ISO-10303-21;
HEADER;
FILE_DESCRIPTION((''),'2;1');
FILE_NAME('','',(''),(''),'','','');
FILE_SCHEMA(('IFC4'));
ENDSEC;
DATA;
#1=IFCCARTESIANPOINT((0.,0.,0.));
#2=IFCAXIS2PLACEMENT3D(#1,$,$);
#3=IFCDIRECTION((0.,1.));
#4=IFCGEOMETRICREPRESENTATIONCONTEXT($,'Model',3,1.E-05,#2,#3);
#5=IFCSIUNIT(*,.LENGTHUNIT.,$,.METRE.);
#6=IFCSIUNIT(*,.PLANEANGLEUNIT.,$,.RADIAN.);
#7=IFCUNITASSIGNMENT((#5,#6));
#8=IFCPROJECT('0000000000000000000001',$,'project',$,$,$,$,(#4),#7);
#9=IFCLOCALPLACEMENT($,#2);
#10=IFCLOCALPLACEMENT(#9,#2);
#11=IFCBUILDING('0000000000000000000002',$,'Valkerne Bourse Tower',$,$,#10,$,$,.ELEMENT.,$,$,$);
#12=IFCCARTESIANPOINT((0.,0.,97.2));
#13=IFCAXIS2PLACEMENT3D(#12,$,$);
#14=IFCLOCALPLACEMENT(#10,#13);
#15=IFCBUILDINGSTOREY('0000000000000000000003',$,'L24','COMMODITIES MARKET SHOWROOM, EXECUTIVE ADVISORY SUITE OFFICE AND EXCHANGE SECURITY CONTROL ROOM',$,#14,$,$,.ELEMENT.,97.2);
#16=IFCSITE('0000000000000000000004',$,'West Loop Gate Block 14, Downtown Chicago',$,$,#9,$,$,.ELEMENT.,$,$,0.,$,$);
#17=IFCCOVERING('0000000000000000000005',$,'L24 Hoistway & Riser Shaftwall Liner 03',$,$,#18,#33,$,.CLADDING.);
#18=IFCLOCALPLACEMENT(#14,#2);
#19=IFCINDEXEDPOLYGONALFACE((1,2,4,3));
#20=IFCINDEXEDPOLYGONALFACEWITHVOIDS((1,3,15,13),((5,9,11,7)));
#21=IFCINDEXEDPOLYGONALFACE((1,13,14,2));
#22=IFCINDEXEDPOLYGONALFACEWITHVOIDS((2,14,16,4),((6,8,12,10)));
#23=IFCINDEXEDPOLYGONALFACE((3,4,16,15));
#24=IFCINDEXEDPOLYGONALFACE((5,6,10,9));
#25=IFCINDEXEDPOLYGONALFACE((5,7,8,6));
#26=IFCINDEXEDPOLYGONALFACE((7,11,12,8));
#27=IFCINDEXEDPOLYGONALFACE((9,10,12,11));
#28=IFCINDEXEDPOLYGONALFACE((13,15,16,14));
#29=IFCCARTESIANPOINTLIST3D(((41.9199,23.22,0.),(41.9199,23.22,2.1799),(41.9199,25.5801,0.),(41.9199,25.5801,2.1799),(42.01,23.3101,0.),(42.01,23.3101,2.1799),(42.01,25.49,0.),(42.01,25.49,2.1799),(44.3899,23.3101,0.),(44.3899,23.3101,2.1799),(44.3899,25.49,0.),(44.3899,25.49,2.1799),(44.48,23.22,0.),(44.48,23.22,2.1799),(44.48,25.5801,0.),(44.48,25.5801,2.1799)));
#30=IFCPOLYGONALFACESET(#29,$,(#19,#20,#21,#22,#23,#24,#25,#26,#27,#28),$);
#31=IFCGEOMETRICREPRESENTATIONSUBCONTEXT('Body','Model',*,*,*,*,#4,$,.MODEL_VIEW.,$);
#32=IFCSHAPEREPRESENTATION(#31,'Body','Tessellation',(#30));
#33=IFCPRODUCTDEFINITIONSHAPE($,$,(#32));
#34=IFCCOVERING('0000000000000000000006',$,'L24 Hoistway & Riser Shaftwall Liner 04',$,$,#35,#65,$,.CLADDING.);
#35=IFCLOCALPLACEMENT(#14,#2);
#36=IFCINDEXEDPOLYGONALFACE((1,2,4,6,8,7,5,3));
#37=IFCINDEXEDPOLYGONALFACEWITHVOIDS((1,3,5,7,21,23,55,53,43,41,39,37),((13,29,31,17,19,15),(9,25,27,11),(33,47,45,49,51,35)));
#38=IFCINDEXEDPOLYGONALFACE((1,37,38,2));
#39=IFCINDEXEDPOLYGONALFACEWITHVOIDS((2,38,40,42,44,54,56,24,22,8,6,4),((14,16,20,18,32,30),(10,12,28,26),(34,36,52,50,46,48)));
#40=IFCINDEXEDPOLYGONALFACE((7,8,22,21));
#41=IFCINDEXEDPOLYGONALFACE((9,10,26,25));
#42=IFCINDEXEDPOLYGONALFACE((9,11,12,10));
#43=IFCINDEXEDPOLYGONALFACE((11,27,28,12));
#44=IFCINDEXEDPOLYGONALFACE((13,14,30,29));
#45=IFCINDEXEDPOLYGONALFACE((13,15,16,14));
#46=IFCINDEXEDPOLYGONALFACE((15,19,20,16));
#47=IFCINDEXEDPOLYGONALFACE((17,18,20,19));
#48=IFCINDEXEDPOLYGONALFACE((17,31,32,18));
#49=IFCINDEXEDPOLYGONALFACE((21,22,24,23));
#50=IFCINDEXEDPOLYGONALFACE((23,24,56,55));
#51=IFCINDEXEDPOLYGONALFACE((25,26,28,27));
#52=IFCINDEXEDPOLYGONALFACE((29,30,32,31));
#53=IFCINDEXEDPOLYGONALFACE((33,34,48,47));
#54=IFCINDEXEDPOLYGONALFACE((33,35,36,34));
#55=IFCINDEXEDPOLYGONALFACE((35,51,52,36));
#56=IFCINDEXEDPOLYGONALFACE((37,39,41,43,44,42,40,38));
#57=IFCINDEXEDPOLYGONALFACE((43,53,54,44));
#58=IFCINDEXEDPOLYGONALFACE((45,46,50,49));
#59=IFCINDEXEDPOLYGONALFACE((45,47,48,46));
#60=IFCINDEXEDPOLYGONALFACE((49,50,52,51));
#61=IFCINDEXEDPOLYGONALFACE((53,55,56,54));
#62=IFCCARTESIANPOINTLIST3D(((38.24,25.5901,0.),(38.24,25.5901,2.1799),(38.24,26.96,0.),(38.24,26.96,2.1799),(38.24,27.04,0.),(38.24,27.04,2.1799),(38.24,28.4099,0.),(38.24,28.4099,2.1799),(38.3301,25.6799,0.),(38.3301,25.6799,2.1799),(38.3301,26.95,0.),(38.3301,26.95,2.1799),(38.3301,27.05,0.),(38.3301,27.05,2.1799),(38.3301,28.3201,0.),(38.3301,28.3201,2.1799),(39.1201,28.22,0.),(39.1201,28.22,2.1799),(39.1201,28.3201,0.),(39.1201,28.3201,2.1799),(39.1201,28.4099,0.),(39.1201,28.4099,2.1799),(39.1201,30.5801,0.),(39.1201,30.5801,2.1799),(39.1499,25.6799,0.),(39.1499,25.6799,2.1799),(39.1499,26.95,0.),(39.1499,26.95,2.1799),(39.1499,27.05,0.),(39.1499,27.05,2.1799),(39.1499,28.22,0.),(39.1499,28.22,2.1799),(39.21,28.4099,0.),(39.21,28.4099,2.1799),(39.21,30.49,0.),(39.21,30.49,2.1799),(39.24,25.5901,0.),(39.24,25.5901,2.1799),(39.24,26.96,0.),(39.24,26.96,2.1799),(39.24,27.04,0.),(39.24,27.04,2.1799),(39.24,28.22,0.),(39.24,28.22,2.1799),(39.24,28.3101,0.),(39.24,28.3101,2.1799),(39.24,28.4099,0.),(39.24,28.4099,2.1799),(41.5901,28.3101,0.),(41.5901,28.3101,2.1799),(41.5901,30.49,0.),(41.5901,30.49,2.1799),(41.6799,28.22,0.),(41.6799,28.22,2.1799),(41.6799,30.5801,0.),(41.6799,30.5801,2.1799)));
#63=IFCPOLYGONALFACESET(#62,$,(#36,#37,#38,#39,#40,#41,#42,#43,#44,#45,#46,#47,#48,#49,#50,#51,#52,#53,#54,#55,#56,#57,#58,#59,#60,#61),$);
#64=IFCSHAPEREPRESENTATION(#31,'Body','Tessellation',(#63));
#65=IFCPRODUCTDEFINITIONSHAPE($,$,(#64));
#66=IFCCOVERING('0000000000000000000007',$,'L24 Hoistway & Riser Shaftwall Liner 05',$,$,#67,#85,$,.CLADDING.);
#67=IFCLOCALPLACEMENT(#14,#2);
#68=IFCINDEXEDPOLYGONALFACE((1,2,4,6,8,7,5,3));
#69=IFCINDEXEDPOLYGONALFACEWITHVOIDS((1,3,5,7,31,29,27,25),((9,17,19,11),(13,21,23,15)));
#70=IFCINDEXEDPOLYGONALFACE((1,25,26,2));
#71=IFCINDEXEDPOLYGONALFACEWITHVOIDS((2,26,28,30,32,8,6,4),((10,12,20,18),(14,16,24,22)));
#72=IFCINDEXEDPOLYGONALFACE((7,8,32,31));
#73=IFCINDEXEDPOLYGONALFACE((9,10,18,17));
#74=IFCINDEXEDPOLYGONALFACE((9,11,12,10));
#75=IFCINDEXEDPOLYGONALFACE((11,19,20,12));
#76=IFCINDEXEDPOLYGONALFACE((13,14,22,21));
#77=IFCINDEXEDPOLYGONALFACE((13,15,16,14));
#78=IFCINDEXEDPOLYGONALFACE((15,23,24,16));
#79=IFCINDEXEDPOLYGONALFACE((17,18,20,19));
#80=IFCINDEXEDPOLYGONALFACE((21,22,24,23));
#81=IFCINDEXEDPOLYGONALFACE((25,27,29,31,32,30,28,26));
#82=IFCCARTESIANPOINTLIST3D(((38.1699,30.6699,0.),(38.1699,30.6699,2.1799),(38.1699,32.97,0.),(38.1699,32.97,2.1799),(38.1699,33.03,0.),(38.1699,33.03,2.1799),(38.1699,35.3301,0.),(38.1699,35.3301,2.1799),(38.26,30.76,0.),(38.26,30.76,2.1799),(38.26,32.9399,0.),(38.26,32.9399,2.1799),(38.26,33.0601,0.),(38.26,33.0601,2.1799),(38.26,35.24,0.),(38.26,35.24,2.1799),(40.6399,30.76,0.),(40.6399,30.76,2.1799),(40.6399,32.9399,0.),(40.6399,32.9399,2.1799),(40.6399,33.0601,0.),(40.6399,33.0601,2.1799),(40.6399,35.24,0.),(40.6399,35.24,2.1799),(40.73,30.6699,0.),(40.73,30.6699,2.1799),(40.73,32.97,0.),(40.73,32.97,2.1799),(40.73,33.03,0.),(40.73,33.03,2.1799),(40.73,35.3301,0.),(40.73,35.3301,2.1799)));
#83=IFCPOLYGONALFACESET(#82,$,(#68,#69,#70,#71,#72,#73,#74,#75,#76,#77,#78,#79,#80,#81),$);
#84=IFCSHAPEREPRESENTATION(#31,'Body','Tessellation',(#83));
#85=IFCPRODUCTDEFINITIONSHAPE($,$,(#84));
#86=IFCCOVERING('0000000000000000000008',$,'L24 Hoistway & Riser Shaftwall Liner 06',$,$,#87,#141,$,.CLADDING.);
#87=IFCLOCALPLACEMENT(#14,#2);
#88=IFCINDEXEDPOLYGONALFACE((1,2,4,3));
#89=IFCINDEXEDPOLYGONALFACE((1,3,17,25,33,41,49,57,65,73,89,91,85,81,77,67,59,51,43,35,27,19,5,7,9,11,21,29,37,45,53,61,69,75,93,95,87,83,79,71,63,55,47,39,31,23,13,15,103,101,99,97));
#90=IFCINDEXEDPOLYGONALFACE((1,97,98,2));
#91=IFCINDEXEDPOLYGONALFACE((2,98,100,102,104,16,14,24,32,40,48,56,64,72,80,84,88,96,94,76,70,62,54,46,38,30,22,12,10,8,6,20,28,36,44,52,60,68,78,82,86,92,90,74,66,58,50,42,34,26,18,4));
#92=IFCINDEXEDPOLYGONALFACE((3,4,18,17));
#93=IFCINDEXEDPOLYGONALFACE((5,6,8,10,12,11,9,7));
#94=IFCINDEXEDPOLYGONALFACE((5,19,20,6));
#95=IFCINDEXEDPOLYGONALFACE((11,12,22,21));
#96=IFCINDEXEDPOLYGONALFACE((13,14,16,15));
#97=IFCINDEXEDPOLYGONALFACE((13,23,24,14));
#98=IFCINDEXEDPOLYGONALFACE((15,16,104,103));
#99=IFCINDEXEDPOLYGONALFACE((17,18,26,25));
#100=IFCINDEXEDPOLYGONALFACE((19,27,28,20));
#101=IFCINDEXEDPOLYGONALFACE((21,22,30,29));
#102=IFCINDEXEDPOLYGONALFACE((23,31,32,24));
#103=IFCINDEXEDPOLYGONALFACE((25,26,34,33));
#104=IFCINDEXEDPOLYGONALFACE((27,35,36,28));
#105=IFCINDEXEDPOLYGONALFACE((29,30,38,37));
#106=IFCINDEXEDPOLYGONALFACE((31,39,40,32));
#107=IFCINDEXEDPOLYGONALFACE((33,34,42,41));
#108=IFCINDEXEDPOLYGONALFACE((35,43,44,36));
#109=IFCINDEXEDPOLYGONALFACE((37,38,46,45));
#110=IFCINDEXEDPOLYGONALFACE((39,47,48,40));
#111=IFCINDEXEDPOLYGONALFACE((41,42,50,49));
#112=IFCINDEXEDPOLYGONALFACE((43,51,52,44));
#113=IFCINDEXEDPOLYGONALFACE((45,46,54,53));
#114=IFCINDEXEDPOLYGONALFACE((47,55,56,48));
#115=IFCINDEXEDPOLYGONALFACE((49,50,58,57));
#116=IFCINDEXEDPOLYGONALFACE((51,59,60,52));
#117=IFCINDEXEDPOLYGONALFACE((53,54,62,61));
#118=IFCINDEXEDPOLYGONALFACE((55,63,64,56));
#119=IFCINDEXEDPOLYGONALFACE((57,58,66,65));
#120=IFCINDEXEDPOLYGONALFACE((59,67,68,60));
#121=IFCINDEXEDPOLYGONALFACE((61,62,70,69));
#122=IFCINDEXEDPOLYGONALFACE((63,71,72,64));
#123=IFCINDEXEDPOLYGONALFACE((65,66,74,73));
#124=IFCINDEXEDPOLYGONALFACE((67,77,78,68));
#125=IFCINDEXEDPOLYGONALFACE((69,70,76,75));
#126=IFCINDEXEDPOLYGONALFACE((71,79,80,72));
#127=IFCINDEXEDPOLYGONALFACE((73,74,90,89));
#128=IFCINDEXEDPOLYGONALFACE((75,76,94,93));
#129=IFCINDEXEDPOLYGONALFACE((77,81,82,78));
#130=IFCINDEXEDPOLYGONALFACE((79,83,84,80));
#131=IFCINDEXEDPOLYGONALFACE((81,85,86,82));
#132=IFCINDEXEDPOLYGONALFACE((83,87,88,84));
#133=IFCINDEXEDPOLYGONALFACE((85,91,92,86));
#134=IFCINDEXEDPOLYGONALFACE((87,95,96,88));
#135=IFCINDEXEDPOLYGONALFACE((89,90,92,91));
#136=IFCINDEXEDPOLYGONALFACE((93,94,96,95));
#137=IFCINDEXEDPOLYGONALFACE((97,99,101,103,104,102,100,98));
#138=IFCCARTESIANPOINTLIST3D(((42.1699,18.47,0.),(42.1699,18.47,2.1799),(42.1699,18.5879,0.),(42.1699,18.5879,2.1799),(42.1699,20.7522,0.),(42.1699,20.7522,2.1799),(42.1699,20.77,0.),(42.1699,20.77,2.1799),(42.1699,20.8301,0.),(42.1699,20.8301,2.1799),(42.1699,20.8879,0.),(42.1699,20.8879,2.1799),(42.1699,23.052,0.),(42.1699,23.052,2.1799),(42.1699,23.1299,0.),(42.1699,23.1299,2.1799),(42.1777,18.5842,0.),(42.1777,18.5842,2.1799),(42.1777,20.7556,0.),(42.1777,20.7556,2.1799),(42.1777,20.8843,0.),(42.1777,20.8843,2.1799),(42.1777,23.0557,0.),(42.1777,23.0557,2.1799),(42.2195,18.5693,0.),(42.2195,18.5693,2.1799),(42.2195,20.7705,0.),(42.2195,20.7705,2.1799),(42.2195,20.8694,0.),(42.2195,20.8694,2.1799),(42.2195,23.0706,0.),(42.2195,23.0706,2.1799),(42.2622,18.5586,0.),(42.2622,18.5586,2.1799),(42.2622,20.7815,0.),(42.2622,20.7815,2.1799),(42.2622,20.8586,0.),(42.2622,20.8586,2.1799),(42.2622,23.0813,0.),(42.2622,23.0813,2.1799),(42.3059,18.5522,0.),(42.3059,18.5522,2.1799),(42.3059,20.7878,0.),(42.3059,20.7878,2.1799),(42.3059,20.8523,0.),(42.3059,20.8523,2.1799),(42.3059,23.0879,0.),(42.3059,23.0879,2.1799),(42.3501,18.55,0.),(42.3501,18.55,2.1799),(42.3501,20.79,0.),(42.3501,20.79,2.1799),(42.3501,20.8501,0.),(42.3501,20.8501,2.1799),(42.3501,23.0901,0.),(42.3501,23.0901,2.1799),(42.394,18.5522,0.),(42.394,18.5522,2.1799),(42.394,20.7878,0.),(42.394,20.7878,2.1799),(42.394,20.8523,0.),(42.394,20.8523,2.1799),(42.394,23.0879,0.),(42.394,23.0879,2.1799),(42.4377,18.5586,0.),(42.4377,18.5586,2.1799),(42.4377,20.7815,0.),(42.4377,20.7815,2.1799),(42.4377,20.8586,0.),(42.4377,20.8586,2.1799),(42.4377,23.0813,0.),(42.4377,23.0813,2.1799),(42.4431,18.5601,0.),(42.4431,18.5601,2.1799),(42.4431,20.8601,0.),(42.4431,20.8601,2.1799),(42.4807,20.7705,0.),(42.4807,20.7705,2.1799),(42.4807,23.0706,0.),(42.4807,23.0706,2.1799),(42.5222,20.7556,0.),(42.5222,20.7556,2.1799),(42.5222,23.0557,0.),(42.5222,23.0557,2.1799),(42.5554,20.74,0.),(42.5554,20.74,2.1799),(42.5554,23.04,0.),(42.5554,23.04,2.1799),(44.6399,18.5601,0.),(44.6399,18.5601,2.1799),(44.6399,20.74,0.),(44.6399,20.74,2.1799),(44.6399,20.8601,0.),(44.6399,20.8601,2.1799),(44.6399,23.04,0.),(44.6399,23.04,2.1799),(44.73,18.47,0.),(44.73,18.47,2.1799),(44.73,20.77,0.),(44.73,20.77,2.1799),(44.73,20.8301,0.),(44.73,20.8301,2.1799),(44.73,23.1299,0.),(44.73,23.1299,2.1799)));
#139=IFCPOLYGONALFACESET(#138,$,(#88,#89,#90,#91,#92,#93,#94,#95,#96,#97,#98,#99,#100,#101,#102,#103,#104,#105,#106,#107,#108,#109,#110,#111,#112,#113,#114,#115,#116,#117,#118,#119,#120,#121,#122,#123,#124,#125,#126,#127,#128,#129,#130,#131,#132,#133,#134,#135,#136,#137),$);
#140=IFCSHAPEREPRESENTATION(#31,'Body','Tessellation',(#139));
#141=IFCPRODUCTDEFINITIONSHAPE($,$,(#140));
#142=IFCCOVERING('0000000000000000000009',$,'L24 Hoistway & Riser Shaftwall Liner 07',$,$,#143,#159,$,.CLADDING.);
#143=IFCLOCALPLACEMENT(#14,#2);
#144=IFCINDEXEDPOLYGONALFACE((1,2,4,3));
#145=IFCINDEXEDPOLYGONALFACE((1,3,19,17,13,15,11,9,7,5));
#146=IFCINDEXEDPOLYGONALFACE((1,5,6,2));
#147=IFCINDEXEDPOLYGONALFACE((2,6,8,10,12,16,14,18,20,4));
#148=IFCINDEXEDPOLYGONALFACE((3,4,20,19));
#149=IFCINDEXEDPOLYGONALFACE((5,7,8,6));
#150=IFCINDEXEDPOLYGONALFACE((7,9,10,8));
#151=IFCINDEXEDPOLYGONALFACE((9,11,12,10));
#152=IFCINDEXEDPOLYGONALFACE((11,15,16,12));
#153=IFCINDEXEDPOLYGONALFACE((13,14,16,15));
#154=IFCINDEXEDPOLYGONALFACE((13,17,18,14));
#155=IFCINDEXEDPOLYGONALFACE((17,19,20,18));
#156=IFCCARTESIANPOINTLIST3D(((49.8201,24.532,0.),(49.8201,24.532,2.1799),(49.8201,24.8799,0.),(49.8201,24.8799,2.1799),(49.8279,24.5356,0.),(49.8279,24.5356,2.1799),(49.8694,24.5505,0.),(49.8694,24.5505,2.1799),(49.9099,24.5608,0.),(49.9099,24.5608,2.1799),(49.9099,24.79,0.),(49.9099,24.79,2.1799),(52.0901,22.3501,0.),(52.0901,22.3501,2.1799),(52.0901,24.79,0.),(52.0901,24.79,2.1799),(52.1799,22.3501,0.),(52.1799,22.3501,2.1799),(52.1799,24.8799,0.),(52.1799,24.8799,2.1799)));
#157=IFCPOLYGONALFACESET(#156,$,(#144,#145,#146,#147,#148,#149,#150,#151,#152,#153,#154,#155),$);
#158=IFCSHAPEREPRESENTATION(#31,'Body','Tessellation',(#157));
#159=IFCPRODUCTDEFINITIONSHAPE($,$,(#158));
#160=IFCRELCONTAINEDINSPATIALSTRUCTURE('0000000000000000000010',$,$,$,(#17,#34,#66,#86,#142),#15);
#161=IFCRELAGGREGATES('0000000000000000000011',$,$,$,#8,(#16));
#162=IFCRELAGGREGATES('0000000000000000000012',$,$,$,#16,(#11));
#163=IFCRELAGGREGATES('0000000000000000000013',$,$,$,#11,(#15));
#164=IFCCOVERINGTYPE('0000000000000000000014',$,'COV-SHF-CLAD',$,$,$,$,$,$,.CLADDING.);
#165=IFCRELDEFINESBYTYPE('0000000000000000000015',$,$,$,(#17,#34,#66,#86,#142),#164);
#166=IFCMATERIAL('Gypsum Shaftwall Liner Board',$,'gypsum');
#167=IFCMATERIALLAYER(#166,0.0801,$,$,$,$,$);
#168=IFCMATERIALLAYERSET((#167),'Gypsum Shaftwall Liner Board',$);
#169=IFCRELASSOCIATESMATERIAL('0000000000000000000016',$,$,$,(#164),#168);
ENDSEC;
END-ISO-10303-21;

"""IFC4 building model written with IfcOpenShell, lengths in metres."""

from ifc_helpers import new_model, si_unit, direction, frame, origin, place, context, subcontext, project, spatial, polyline, outline, extrude, material, layer, layer_set, type_object, element, save


model = new_model("IFC4")

# Units and contexts
model_context = context("Model", 3, precision=1e-05, world=origin(), true_north=direction((0.0, 1.0)))
body_context = subcontext(model_context, "Body", "Model", "MODEL_VIEW")
ifc_project = project(units=[si_unit("LENGTHUNIT", "METRE"), si_unit("PLANEANGLEUNIT", "RADIAN")], contexts=[model_context])

# Site, building, storey
site_placement = place(None, origin())
site = spatial("IfcSite", under=ifc_project, at=site_placement, Name="West Loop Gate Block 14, Downtown Chicago", CompositionType="ELEMENT", RefElevation=0.0)
building_placement = place(site_placement, origin())
building = spatial("IfcBuilding", under=site, at=building_placement, Name="Valkerne Bourse Tower", CompositionType="ELEMENT")
storey_placement = place(building_placement, frame((0.0, 0.0, 97.2)))
storey = spatial("IfcBuildingStorey", under=building, at=storey_placement, Name="L24", Description="COMMODITIES MARKET SHOWROOM, EXECUTIVE ADVISORY SUITE OFFICE AND EXCHANGE SECURITY CONTROL ROOM", CompositionType="ELEMENT", Elevation=97.2)

# Coverings
ifc_material_1 = material(Name="Gypsum Shaftwall Liner Board", Category="gypsum")
ifc_layer_1 = layer(ifc_material_1, 0.0801)
ifc_layer_set_1 = layer_set([ifc_layer_1], Name="Gypsum Shaftwall Liner Board")
covering_type_1 = type_object("IfcCoveringType", Name="COV-SHF-CLAD", PredefinedType="CLADDING", material=ifc_layer_set_1)
covering_1_placement = place(storey_placement, origin())
element("IfcCovering", 1, at=covering_1_placement, inside=storey, type_object=covering_type_1, Name="L24 Hoistway & Riser Shaftwall Liner 03", PredefinedType="CLADDING", context=body_context, shape_type="SweptSolid", body=[
    extrude(outline(polyline([(44.48, 23.22), (41.9199, 23.22), (41.9199, 25.5801), (44.48, 25.5801), (44.48, 23.22)]), holes=[polyline([(42.01, 25.49), (42.01, 23.3101), (44.3899, 23.3101), (44.3899, 25.49), (42.01, 25.49)])]), origin(), (0.0, 0.0, 1.0), 2.1799),
])
covering_2_placement = place(storey_placement, origin())
element("IfcCovering", 2, at=covering_2_placement, inside=storey, type_object=covering_type_1, Name="L24 Hoistway & Riser Shaftwall Liner 04", PredefinedType="CLADDING", context=body_context, shape_type="SweptSolid", body=[
    extrude(outline(polyline([(38.24, 28.4099), (39.1201, 28.4099), (39.1201, 30.5801), (41.6799, 30.5801), (41.6799, 28.22), (39.24, 28.22), (39.24, 27.04), (39.24, 26.96), (39.24, 25.5901), (38.24, 25.5901), (38.24, 26.96), (38.24, 27.04), (38.24, 28.4099)]), holes=[polyline([(39.21, 30.49), (39.21, 28.4099), (39.24, 28.4099), (39.24, 28.3101), (41.5901, 28.3101), (41.5901, 30.49), (39.21, 30.49)]), polyline([(38.3301, 26.95), (38.3301, 25.6799), (39.1499, 25.6799), (39.1499, 26.95), (38.3301, 26.95)]), polyline([(39.1201, 28.22), (39.1201, 28.3201), (38.3301, 28.3201), (38.3301, 27.05), (39.1499, 27.05), (39.1499, 28.22), (39.1201, 28.22)])]), origin(), (0.0, 0.0, 1.0), 2.1799),
])
covering_3_placement = place(storey_placement, origin())
element("IfcCovering", 3, at=covering_3_placement, inside=storey, type_object=covering_type_1, Name="L24 Hoistway & Riser Shaftwall Liner 05", PredefinedType="CLADDING", context=body_context, shape_type="SweptSolid", body=[
    extrude(outline(polyline([(38.1699, 35.3301), (40.73, 35.3301), (40.73, 33.03), (40.73, 32.97), (40.73, 30.6699), (38.1699, 30.6699), (38.1699, 32.97), (38.1699, 33.03), (38.1699, 35.3301)]), holes=[polyline([(38.26, 32.9399), (38.26, 30.76), (40.6399, 30.76), (40.6399, 32.9399), (38.26, 32.9399)]), polyline([(38.26, 35.24), (38.26, 33.0601), (40.6399, 33.0601), (40.6399, 35.24), (38.26, 35.24)])]), origin(), (0.0, 0.0, 1.0), 2.1799),
])
covering_4_placement = place(storey_placement, origin())
element("IfcCovering", 4, at=covering_4_placement, inside=storey, type_object=covering_type_1, Name="L24 Hoistway & Riser Shaftwall Liner 06", PredefinedType="CLADDING", context=body_context, shape_type="SweptSolid", body=[
    extrude(outline(polyline([(42.1699, 20.8301), (42.1699, 20.8879), (42.1777, 20.8843), (42.2195, 20.8694), (42.2622, 20.8586), (42.3059, 20.8523), (42.3501, 20.8501), (42.394, 20.8523), (42.4377, 20.8586), (42.4431, 20.8601), (44.6399, 20.8601), (44.6399, 23.04), (42.5554, 23.04), (42.5222, 23.0557), (42.4807, 23.0706), (42.4377, 23.0813), (42.394, 23.0879), (42.3501, 23.0901), (42.3059, 23.0879), (42.2622, 23.0813), (42.2195, 23.0706), (42.1777, 23.0557), (42.1699, 23.052), (42.1699, 23.1299), (44.73, 23.1299), (44.73, 20.8301), (44.73, 20.77), (44.73, 18.47), (42.1699, 18.47), (42.1699, 18.5879), (42.1777, 18.5842), (42.2195, 18.5693), (42.2622, 18.5586), (42.3059, 18.5522), (42.3501, 18.55), (42.394, 18.5522), (42.4377, 18.5586), (42.4431, 18.5601), (44.6399, 18.5601), (44.6399, 20.74), (42.5554, 20.74), (42.5222, 20.7556), (42.4807, 20.7705), (42.4377, 20.7815), (42.394, 20.7878), (42.3501, 20.79), (42.3059, 20.7878), (42.2622, 20.7815), (42.2195, 20.7705), (42.1777, 20.7556), (42.1699, 20.7522), (42.1699, 20.77), (42.1699, 20.8301)])), origin(), (0.0, 0.0, 1.0), 2.1799),
])
covering_5_placement = place(storey_placement, origin())
element("IfcCovering", 5, at=covering_5_placement, inside=storey, type_object=covering_type_1, Name="L24 Hoistway & Riser Shaftwall Liner 07", PredefinedType="CLADDING", context=body_context, shape_type="SweptSolid", body=[
    extrude(outline(polyline([(52.1799, 22.3501), (52.0901, 22.3501), (52.0901, 24.79), (49.9099, 24.79), (49.9099, 24.5608), (49.8694, 24.5505), (49.8279, 24.5356), (49.8201, 24.532), (49.8201, 24.8799), (52.1799, 24.8799), (52.1799, 22.3501)])), origin(), (0.0, 0.0, 1.0), 2.1799),
])

save(model, "model.ifc")
